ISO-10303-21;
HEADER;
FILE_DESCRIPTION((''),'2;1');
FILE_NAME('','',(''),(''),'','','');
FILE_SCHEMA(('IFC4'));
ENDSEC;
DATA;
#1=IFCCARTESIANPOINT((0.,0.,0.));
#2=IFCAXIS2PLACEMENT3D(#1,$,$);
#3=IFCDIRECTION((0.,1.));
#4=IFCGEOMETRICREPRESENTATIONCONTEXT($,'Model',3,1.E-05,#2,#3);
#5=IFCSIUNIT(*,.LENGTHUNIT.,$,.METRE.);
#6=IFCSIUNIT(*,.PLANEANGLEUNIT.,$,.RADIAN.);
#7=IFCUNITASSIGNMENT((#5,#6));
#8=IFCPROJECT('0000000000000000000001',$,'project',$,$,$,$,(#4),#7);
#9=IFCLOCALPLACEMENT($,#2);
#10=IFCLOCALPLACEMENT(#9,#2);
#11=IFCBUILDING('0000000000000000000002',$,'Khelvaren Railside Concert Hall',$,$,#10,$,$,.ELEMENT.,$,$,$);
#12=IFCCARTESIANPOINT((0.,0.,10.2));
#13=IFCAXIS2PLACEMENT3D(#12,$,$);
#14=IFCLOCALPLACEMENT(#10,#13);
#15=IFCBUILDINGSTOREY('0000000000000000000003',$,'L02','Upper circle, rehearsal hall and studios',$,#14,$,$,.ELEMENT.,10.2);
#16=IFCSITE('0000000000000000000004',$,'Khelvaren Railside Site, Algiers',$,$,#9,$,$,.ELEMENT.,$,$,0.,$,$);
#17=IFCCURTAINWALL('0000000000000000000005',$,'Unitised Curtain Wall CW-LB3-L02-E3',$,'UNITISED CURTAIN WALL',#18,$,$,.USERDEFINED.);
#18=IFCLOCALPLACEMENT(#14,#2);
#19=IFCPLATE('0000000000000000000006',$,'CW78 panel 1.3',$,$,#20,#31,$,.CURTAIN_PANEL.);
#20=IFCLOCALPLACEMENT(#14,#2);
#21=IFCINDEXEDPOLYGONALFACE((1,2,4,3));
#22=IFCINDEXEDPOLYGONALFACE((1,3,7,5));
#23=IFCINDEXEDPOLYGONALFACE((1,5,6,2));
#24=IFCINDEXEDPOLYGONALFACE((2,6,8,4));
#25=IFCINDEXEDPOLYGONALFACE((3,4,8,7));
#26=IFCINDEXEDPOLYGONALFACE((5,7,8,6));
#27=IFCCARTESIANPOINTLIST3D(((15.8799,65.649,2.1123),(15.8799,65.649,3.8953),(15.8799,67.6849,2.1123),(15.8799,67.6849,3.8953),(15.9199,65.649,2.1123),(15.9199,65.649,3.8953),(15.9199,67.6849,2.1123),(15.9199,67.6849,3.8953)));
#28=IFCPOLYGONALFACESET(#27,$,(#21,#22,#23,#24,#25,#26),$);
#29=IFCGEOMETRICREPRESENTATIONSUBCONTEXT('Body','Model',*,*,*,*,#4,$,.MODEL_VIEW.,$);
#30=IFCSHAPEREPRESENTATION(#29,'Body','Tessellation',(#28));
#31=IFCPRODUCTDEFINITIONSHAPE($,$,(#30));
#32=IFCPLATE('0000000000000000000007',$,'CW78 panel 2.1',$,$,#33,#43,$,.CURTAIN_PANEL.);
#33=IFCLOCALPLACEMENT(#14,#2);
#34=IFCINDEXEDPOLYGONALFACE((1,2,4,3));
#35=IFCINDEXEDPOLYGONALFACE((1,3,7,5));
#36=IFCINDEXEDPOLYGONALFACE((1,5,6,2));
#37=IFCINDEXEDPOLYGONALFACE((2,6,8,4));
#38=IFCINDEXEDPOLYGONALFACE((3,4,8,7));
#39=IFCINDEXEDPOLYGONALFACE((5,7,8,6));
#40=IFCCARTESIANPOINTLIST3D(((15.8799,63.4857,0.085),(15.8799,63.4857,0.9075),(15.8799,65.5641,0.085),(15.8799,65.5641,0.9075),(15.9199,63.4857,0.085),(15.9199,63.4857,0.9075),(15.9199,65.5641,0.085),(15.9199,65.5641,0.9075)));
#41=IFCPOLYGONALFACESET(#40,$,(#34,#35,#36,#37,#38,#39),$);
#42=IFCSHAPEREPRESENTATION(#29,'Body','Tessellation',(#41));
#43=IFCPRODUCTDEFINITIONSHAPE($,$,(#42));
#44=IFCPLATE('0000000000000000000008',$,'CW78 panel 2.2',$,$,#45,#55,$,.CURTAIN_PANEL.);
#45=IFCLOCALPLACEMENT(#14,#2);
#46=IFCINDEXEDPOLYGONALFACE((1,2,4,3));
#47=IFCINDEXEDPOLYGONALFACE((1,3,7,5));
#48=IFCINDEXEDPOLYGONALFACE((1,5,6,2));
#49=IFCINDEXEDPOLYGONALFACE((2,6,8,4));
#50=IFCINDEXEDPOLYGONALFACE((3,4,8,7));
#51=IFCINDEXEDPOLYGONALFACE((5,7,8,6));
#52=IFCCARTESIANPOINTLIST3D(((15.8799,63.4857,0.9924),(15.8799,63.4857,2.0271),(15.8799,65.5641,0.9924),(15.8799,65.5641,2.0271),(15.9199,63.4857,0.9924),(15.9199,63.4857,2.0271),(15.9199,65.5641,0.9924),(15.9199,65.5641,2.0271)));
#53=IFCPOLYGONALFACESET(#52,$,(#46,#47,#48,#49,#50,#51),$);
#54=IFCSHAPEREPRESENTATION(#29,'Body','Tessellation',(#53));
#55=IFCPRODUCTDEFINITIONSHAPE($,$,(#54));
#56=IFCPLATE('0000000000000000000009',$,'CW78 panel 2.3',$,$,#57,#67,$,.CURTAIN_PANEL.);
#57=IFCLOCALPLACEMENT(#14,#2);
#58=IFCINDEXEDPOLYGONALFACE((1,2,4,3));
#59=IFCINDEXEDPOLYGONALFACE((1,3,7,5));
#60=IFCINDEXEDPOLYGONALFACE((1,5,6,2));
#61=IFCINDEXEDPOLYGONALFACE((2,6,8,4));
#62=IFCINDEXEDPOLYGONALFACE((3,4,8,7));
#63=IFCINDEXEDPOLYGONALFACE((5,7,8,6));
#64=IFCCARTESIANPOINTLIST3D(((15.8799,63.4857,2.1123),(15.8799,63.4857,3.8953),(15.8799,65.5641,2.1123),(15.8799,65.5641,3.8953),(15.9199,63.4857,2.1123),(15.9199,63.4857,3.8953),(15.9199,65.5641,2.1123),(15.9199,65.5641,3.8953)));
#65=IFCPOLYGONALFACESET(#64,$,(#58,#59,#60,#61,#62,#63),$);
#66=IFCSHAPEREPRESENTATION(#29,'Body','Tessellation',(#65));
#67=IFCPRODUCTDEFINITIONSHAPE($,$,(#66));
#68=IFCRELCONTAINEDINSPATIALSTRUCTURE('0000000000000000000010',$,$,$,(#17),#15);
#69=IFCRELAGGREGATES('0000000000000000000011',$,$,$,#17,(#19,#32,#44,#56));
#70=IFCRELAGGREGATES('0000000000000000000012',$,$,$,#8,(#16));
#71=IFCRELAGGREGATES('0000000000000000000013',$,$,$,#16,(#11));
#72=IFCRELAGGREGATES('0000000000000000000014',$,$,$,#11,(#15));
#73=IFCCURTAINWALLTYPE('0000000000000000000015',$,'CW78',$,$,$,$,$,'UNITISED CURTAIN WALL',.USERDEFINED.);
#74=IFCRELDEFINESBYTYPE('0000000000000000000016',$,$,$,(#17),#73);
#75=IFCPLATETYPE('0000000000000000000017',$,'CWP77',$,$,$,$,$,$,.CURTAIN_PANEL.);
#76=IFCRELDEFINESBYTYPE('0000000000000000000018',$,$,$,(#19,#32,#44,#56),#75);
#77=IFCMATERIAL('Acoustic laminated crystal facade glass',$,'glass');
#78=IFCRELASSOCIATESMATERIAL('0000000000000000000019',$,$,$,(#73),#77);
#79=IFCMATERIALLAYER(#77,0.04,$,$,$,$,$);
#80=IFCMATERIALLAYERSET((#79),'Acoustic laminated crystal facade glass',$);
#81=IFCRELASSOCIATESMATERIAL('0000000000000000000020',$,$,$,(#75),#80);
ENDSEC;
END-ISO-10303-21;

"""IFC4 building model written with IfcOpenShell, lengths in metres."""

from ifc_helpers import new_model, si_unit, direction, frame, origin, origin_2d, place, context, subcontext, project, spatial, rectangle, extrude, material, layer, layer_set, type_object, element, aggregate, save


model = new_model("IFC4")

# Units and contexts
model_context = context("Model", 3, precision=1e-05, world=origin(), true_north=direction((0.0, 1.0)))
body_context = subcontext(model_context, "Body", "Model", "MODEL_VIEW")
ifc_project = project(units=[si_unit("LENGTHUNIT", "METRE"), si_unit("PLANEANGLEUNIT", "RADIAN")], contexts=[model_context])

# Site, building, storey
site_placement = place(None, origin())
site = spatial("IfcSite", under=ifc_project, at=site_placement, Name="Khelvaren Railside Site, Algiers", CompositionType="ELEMENT", RefElevation=0.0)
building_placement = place(site_placement, origin())
building = spatial("IfcBuilding", under=site, at=building_placement, Name="Khelvaren Railside Concert Hall", CompositionType="ELEMENT")
storey_placement = place(building_placement, frame((0.0, 0.0, 10.2)))
storey = spatial("IfcBuildingStorey", under=building, at=storey_placement, Name="L02", Description="Upper circle, rehearsal hall and studios", CompositionType="ELEMENT", Elevation=10.2)

# Curtain wall
ifc_material_1 = material(Name="Acoustic laminated crystal facade glass", Category="glass")
curtain_wall_type = type_object("IfcCurtainWallType", Name="CW78", ElementType="UNITISED CURTAIN WALL", PredefinedType="USERDEFINED", material=ifc_material_1)
curtain_wall_placement = place(storey_placement, origin())
curtain_wall = element("IfcCurtainWall", 1, at=curtain_wall_placement, inside=storey, type_object=curtain_wall_type, Name="Unitised Curtain Wall CW-LB3-L02-E3", ObjectType="UNITISED CURTAIN WALL", PredefinedType="USERDEFINED")

# Plates
ifc_layer = layer(ifc_material_1, 0.04)
ifc_layer_set = layer_set([ifc_layer], Name="Acoustic laminated crystal facade glass")
plate_type = type_object("IfcPlateType", Name="CWP77", PredefinedType="CURTAIN_PANEL", material=ifc_layer_set)
plate_1_placement = place(storey_placement, frame((15.8999, 66.667, 2.1123), z_axis=(0.0, 0.0, 1.0), x_axis=(0.0, -1.0, 0.0)))
plate_1 = element("IfcPlate", 2, at=plate_1_placement, type_object=plate_type, Name="CW78 panel 1.3", PredefinedType="CURTAIN_PANEL", context=body_context, shape_type="SweptSolid", body=[
    extrude(rectangle(XDim=2.0359, YDim=0.04, at=origin_2d()), origin(), (0.0, 0.0, 1.0), 1.783),
])
plate_2_placement = place(storey_placement, frame((15.8999, 64.5249, 0.085), z_axis=(0.0, 0.0, 1.0), x_axis=(0.0, -1.0, 0.0)))
plate_2 = element("IfcPlate", 3, at=plate_2_placement, type_object=plate_type, Name="CW78 panel 2.1", PredefinedType="CURTAIN_PANEL", context=body_context, shape_type="SweptSolid", body=[
    extrude(rectangle(XDim=2.0784, YDim=0.04, at=origin_2d()), origin(), (0.0, 0.0, 1.0), 0.8225),
])
plate_3_placement = place(storey_placement, frame((15.8999, 64.5249, 0.9924), z_axis=(0.0, 0.0, 1.0), x_axis=(0.0, -1.0, 0.0)))
plate_3 = element("IfcPlate", 4, at=plate_3_placement, type_object=plate_type, Name="CW78 panel 2.2", PredefinedType="CURTAIN_PANEL", context=body_context, shape_type="SweptSolid", body=[
    extrude(rectangle(XDim=2.0784, YDim=0.04, at=origin_2d()), origin(), (0.0, 0.0, 1.0), 1.0347),
])
plate_4_placement = place(storey_placement, frame((15.8999, 64.5249, 2.1123), z_axis=(0.0, 0.0, 1.0), x_axis=(0.0, -1.0, 0.0)))
plate_4 = element("IfcPlate", 5, at=plate_4_placement, type_object=plate_type, Name="CW78 panel 2.3", PredefinedType="CURTAIN_PANEL", context=body_context, shape_type="SweptSolid", body=[
    extrude(rectangle(XDim=2.0784, YDim=0.04, at=origin_2d()), origin(), (0.0, 0.0, 1.0), 1.783),
])
aggregate(curtain_wall, [plate_1, plate_2, plate_3, plate_4])

save(model, "model.ifc")
